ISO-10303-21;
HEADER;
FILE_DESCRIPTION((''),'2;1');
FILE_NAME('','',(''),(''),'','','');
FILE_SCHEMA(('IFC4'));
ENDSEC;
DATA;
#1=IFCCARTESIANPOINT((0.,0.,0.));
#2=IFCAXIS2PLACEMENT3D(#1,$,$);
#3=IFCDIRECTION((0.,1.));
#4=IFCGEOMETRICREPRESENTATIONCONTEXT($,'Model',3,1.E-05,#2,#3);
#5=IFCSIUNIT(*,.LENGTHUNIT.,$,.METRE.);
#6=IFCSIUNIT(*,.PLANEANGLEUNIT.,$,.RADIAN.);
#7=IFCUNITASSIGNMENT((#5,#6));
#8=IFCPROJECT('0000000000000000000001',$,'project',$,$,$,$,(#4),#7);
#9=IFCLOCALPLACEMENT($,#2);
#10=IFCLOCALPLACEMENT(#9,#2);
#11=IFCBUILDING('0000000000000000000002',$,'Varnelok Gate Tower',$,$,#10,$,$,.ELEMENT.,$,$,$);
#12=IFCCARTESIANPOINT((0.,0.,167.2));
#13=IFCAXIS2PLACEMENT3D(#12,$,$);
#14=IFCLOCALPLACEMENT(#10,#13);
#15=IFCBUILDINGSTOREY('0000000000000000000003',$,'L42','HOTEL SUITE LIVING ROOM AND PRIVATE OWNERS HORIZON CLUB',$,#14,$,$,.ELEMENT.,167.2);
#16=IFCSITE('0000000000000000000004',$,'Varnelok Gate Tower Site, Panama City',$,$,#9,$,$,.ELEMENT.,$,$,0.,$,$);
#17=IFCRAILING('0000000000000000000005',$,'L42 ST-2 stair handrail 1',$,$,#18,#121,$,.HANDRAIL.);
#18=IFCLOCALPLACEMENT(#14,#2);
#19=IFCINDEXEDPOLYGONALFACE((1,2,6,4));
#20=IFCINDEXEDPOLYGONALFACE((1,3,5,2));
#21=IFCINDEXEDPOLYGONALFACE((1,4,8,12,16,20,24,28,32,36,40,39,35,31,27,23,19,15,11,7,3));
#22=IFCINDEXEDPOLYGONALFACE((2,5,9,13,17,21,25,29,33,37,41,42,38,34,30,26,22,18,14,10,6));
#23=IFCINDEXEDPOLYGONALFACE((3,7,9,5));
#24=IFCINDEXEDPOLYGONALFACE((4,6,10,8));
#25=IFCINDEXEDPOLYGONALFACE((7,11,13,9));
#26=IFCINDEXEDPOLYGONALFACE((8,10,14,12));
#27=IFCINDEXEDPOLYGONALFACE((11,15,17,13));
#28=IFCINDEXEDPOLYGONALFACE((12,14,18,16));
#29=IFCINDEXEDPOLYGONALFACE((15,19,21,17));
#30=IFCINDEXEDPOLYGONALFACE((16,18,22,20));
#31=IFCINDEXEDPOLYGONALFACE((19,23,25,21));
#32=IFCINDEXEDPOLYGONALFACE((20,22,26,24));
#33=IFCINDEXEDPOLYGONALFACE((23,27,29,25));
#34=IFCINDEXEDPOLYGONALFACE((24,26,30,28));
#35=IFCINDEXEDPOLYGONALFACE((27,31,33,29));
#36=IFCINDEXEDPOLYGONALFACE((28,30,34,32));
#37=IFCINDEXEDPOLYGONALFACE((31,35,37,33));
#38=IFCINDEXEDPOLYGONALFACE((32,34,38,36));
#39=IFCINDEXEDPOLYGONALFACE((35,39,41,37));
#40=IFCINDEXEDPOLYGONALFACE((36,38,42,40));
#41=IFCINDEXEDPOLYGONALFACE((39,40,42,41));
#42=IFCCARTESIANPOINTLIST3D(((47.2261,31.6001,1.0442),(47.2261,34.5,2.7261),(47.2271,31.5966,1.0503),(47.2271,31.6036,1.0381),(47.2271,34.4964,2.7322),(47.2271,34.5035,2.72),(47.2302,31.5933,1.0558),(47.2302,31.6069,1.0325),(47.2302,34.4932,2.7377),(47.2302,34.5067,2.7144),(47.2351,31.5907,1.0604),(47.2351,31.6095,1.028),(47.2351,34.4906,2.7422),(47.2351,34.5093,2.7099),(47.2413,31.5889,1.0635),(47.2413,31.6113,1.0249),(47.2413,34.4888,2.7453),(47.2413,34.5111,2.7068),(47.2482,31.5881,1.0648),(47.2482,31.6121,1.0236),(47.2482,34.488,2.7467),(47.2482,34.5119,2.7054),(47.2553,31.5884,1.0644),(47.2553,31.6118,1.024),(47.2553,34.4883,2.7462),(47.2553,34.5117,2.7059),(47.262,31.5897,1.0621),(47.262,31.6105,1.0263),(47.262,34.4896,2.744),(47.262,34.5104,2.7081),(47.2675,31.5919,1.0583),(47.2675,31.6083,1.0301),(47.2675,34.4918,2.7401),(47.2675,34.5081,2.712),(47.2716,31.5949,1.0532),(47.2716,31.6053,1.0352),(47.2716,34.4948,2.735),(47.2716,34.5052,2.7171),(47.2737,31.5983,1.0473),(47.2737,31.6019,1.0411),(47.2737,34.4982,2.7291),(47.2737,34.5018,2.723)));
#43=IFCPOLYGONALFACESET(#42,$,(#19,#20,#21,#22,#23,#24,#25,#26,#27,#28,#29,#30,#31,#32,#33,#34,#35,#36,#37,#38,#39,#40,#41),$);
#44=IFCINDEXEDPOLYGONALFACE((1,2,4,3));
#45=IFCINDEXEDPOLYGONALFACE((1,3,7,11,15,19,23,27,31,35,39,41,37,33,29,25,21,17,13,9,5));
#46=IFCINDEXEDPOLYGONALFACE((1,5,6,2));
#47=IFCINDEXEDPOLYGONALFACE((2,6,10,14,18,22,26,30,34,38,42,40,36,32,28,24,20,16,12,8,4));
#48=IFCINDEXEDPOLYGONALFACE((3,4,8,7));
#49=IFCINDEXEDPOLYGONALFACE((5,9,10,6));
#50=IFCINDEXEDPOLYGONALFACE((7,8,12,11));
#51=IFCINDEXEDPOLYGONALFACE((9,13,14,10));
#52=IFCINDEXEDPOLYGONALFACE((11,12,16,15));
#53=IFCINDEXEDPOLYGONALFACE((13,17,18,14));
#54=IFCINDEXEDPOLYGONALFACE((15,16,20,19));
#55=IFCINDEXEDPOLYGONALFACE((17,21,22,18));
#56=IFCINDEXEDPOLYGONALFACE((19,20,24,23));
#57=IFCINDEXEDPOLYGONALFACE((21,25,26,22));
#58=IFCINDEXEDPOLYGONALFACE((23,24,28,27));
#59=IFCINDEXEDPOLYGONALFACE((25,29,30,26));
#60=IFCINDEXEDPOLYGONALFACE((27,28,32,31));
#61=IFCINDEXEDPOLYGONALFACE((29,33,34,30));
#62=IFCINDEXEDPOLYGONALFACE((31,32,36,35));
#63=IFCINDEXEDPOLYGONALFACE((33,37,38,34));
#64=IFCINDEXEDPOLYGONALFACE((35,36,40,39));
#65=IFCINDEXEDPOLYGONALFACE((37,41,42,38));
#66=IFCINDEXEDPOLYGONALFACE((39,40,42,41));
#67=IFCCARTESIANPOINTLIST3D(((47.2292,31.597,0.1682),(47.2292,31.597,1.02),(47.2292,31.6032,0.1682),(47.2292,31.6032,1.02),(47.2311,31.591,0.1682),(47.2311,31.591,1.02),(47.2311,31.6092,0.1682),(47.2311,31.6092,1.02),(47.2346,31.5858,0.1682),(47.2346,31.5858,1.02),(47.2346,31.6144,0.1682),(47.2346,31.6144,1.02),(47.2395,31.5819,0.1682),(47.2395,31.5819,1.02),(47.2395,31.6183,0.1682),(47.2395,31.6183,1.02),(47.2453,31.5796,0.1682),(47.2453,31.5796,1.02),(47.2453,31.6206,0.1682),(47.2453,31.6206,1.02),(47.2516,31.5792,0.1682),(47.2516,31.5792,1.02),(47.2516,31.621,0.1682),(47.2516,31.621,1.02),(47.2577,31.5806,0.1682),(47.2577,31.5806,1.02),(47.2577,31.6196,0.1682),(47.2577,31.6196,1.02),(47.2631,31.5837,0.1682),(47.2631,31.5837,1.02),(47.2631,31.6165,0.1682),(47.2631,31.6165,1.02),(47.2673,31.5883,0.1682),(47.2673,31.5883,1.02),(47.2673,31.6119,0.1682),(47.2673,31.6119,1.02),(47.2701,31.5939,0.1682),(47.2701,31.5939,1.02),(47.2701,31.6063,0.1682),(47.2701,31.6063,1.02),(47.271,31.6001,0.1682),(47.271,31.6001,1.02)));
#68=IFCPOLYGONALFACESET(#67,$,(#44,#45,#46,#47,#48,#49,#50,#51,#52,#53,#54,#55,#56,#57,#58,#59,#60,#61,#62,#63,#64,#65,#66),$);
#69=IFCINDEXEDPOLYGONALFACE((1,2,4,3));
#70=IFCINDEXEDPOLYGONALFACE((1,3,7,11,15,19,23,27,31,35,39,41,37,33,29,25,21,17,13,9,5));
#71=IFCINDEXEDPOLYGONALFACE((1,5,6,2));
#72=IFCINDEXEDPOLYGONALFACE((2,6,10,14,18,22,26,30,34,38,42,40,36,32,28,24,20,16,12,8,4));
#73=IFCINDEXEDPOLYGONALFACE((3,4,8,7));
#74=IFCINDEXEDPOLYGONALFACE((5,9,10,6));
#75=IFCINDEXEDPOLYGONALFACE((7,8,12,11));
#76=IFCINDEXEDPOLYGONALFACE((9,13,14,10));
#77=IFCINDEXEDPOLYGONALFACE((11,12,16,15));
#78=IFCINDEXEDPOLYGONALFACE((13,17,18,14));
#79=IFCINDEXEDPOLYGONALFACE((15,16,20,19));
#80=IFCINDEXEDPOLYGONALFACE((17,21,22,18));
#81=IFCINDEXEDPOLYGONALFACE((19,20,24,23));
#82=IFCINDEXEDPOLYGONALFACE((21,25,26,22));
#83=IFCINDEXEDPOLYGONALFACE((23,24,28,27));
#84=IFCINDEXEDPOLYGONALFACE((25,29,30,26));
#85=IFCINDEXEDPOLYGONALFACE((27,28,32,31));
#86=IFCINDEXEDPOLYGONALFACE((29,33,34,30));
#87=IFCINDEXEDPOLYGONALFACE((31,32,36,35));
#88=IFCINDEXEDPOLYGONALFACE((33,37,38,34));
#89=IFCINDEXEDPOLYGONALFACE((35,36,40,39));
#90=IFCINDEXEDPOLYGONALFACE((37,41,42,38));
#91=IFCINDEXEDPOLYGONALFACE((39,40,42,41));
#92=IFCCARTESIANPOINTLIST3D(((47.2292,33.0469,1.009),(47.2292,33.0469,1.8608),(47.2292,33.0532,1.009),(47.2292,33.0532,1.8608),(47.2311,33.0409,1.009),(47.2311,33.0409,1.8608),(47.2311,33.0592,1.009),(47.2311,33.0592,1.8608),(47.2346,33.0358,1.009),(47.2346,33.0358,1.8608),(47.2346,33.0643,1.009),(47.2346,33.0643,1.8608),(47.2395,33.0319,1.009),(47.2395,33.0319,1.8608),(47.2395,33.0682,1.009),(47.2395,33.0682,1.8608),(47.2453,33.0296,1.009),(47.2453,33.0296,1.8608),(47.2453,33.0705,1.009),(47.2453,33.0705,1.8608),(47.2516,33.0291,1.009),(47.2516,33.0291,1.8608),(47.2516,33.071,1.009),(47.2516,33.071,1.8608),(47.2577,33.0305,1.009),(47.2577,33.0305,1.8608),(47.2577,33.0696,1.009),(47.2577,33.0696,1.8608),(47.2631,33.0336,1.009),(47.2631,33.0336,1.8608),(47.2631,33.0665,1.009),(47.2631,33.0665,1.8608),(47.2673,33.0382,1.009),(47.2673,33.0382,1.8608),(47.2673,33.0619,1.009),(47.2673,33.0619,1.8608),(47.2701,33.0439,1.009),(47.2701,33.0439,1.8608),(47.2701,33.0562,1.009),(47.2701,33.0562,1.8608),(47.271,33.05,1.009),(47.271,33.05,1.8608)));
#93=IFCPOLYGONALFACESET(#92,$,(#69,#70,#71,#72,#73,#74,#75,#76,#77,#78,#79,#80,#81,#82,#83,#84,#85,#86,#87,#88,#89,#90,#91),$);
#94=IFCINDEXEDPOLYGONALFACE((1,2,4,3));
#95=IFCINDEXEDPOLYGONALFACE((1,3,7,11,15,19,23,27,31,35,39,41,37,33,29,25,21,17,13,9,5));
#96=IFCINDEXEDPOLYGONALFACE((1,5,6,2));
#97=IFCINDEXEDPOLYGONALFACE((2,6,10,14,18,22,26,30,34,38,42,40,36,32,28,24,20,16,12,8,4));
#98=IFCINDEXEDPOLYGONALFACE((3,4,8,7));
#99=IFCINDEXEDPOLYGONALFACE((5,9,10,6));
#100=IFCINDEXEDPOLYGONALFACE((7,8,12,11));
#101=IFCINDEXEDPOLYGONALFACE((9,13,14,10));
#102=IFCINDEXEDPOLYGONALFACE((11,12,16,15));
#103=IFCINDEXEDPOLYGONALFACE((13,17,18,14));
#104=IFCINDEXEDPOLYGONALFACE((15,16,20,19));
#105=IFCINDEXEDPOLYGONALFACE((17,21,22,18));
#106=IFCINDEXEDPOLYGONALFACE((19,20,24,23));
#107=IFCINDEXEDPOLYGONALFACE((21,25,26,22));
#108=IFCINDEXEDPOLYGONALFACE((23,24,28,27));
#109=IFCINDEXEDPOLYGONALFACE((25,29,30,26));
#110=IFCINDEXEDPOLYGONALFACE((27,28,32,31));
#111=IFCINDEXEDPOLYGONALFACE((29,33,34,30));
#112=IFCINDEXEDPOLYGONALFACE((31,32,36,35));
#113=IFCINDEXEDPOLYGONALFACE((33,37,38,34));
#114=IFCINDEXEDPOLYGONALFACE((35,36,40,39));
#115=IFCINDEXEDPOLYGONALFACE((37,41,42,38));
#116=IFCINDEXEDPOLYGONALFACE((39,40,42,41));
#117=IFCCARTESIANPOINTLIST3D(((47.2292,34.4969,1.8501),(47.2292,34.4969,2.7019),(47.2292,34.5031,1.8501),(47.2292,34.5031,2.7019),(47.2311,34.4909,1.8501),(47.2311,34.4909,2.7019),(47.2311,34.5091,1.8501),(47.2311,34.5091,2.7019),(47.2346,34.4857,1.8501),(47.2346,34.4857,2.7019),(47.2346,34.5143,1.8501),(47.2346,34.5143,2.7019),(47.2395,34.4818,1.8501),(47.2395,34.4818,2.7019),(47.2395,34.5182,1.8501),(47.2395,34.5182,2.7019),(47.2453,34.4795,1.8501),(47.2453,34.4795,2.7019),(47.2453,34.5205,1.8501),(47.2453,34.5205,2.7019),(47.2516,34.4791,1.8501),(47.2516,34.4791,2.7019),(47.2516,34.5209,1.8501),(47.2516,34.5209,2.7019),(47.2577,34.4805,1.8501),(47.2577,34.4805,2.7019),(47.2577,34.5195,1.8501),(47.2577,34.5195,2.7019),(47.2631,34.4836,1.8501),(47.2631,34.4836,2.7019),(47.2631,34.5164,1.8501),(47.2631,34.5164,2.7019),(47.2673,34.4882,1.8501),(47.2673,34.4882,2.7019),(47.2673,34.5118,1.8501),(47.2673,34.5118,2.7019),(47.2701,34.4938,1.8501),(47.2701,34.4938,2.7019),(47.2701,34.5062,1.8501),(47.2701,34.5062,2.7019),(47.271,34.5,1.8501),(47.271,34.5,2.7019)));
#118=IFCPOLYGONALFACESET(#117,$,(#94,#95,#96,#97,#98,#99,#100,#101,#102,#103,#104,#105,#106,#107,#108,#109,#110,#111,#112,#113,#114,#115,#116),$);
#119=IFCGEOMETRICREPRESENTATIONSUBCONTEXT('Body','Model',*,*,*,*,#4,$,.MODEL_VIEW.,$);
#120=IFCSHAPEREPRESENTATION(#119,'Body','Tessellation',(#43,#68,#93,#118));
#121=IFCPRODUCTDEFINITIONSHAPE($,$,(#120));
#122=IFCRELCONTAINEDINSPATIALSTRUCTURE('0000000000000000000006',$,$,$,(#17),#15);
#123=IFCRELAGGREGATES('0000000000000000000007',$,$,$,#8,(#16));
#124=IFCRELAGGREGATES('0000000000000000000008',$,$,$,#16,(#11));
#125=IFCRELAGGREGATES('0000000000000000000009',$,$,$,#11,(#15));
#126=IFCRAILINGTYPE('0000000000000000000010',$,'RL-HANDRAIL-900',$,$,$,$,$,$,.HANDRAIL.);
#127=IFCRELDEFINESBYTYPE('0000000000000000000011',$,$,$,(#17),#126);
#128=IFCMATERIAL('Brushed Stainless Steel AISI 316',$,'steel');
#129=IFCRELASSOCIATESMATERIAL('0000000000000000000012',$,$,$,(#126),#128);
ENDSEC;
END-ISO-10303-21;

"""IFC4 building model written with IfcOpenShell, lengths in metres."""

from ifc_helpers import new_model, si_unit, direction, frame, origin, origin_2d, place, context, subcontext, project, spatial, circle, extrude, material, type_object, element, save


model = new_model("IFC4")

# Units and contexts
model_context = context("Model", 3, precision=1e-05, world=origin(), true_north=direction((0.0, 1.0)))
body_context = subcontext(model_context, "Body", "Model", "MODEL_VIEW")
ifc_project = project(units=[si_unit("LENGTHUNIT", "METRE"), si_unit("PLANEANGLEUNIT", "RADIAN")], contexts=[model_context])

# Site, building, storey
site_placement = place(None, origin())
site = spatial("IfcSite", under=ifc_project, at=site_placement, Name="Varnelok Gate Tower Site, Panama City", CompositionType="ELEMENT", RefElevation=0.0)
building_placement = place(site_placement, origin())
building = spatial("IfcBuilding", under=site, at=building_placement, Name="Varnelok Gate Tower", CompositionType="ELEMENT")
storey_placement = place(building_placement, frame((0.0, 0.0, 167.2)))
storey = spatial("IfcBuildingStorey", under=building, at=storey_placement, Name="L42", Description="HOTEL SUITE LIVING ROOM AND PRIVATE OWNERS HORIZON CLUB", CompositionType="ELEMENT", Elevation=167.2)

# Railing
ifc_material_1 = material(Name="Brushed Stainless Steel AISI 316", Category="steel")
railing_type_1 = type_object("IfcRailingType", Name="RL-HANDRAIL-900", PredefinedType="HANDRAIL", material=ifc_material_1)
railing_1_placement = place(storey_placement, frame((47.25, 31.6001, 0.1682)))
element("IfcRailing", 1, at=railing_1_placement, inside=storey, type_object=railing_type_1, Name="L42 ST-2 stair handrail 1", PredefinedType="HANDRAIL", context=body_context, shape_type="SweptSolid", body=[
    extrude(circle(Radius=0.0239, at=origin_2d()), frame((0.0, 0.0, 0.876), z_axis=(0.0, 0.865039, 0.501705), x_axis=(-1.0, 0.0, 0.0)), (0.0, 0.0, 1.0), 3.3523),
    extrude(circle(Radius=0.021, at=origin_2d()), origin(), (0.0, 0.0, 1.0), 0.8518),
    extrude(circle(Radius=0.021, at=origin_2d()), frame((0.0, 1.45, 0.8408)), (0.0, 0.0, 1.0), 0.8518),
    extrude(circle(Radius=0.021, at=origin_2d()), frame((0.0, 2.8999, 1.6819)), (0.0, 0.0, 1.0), 0.8518),
])

save(model, "model.ifc")
